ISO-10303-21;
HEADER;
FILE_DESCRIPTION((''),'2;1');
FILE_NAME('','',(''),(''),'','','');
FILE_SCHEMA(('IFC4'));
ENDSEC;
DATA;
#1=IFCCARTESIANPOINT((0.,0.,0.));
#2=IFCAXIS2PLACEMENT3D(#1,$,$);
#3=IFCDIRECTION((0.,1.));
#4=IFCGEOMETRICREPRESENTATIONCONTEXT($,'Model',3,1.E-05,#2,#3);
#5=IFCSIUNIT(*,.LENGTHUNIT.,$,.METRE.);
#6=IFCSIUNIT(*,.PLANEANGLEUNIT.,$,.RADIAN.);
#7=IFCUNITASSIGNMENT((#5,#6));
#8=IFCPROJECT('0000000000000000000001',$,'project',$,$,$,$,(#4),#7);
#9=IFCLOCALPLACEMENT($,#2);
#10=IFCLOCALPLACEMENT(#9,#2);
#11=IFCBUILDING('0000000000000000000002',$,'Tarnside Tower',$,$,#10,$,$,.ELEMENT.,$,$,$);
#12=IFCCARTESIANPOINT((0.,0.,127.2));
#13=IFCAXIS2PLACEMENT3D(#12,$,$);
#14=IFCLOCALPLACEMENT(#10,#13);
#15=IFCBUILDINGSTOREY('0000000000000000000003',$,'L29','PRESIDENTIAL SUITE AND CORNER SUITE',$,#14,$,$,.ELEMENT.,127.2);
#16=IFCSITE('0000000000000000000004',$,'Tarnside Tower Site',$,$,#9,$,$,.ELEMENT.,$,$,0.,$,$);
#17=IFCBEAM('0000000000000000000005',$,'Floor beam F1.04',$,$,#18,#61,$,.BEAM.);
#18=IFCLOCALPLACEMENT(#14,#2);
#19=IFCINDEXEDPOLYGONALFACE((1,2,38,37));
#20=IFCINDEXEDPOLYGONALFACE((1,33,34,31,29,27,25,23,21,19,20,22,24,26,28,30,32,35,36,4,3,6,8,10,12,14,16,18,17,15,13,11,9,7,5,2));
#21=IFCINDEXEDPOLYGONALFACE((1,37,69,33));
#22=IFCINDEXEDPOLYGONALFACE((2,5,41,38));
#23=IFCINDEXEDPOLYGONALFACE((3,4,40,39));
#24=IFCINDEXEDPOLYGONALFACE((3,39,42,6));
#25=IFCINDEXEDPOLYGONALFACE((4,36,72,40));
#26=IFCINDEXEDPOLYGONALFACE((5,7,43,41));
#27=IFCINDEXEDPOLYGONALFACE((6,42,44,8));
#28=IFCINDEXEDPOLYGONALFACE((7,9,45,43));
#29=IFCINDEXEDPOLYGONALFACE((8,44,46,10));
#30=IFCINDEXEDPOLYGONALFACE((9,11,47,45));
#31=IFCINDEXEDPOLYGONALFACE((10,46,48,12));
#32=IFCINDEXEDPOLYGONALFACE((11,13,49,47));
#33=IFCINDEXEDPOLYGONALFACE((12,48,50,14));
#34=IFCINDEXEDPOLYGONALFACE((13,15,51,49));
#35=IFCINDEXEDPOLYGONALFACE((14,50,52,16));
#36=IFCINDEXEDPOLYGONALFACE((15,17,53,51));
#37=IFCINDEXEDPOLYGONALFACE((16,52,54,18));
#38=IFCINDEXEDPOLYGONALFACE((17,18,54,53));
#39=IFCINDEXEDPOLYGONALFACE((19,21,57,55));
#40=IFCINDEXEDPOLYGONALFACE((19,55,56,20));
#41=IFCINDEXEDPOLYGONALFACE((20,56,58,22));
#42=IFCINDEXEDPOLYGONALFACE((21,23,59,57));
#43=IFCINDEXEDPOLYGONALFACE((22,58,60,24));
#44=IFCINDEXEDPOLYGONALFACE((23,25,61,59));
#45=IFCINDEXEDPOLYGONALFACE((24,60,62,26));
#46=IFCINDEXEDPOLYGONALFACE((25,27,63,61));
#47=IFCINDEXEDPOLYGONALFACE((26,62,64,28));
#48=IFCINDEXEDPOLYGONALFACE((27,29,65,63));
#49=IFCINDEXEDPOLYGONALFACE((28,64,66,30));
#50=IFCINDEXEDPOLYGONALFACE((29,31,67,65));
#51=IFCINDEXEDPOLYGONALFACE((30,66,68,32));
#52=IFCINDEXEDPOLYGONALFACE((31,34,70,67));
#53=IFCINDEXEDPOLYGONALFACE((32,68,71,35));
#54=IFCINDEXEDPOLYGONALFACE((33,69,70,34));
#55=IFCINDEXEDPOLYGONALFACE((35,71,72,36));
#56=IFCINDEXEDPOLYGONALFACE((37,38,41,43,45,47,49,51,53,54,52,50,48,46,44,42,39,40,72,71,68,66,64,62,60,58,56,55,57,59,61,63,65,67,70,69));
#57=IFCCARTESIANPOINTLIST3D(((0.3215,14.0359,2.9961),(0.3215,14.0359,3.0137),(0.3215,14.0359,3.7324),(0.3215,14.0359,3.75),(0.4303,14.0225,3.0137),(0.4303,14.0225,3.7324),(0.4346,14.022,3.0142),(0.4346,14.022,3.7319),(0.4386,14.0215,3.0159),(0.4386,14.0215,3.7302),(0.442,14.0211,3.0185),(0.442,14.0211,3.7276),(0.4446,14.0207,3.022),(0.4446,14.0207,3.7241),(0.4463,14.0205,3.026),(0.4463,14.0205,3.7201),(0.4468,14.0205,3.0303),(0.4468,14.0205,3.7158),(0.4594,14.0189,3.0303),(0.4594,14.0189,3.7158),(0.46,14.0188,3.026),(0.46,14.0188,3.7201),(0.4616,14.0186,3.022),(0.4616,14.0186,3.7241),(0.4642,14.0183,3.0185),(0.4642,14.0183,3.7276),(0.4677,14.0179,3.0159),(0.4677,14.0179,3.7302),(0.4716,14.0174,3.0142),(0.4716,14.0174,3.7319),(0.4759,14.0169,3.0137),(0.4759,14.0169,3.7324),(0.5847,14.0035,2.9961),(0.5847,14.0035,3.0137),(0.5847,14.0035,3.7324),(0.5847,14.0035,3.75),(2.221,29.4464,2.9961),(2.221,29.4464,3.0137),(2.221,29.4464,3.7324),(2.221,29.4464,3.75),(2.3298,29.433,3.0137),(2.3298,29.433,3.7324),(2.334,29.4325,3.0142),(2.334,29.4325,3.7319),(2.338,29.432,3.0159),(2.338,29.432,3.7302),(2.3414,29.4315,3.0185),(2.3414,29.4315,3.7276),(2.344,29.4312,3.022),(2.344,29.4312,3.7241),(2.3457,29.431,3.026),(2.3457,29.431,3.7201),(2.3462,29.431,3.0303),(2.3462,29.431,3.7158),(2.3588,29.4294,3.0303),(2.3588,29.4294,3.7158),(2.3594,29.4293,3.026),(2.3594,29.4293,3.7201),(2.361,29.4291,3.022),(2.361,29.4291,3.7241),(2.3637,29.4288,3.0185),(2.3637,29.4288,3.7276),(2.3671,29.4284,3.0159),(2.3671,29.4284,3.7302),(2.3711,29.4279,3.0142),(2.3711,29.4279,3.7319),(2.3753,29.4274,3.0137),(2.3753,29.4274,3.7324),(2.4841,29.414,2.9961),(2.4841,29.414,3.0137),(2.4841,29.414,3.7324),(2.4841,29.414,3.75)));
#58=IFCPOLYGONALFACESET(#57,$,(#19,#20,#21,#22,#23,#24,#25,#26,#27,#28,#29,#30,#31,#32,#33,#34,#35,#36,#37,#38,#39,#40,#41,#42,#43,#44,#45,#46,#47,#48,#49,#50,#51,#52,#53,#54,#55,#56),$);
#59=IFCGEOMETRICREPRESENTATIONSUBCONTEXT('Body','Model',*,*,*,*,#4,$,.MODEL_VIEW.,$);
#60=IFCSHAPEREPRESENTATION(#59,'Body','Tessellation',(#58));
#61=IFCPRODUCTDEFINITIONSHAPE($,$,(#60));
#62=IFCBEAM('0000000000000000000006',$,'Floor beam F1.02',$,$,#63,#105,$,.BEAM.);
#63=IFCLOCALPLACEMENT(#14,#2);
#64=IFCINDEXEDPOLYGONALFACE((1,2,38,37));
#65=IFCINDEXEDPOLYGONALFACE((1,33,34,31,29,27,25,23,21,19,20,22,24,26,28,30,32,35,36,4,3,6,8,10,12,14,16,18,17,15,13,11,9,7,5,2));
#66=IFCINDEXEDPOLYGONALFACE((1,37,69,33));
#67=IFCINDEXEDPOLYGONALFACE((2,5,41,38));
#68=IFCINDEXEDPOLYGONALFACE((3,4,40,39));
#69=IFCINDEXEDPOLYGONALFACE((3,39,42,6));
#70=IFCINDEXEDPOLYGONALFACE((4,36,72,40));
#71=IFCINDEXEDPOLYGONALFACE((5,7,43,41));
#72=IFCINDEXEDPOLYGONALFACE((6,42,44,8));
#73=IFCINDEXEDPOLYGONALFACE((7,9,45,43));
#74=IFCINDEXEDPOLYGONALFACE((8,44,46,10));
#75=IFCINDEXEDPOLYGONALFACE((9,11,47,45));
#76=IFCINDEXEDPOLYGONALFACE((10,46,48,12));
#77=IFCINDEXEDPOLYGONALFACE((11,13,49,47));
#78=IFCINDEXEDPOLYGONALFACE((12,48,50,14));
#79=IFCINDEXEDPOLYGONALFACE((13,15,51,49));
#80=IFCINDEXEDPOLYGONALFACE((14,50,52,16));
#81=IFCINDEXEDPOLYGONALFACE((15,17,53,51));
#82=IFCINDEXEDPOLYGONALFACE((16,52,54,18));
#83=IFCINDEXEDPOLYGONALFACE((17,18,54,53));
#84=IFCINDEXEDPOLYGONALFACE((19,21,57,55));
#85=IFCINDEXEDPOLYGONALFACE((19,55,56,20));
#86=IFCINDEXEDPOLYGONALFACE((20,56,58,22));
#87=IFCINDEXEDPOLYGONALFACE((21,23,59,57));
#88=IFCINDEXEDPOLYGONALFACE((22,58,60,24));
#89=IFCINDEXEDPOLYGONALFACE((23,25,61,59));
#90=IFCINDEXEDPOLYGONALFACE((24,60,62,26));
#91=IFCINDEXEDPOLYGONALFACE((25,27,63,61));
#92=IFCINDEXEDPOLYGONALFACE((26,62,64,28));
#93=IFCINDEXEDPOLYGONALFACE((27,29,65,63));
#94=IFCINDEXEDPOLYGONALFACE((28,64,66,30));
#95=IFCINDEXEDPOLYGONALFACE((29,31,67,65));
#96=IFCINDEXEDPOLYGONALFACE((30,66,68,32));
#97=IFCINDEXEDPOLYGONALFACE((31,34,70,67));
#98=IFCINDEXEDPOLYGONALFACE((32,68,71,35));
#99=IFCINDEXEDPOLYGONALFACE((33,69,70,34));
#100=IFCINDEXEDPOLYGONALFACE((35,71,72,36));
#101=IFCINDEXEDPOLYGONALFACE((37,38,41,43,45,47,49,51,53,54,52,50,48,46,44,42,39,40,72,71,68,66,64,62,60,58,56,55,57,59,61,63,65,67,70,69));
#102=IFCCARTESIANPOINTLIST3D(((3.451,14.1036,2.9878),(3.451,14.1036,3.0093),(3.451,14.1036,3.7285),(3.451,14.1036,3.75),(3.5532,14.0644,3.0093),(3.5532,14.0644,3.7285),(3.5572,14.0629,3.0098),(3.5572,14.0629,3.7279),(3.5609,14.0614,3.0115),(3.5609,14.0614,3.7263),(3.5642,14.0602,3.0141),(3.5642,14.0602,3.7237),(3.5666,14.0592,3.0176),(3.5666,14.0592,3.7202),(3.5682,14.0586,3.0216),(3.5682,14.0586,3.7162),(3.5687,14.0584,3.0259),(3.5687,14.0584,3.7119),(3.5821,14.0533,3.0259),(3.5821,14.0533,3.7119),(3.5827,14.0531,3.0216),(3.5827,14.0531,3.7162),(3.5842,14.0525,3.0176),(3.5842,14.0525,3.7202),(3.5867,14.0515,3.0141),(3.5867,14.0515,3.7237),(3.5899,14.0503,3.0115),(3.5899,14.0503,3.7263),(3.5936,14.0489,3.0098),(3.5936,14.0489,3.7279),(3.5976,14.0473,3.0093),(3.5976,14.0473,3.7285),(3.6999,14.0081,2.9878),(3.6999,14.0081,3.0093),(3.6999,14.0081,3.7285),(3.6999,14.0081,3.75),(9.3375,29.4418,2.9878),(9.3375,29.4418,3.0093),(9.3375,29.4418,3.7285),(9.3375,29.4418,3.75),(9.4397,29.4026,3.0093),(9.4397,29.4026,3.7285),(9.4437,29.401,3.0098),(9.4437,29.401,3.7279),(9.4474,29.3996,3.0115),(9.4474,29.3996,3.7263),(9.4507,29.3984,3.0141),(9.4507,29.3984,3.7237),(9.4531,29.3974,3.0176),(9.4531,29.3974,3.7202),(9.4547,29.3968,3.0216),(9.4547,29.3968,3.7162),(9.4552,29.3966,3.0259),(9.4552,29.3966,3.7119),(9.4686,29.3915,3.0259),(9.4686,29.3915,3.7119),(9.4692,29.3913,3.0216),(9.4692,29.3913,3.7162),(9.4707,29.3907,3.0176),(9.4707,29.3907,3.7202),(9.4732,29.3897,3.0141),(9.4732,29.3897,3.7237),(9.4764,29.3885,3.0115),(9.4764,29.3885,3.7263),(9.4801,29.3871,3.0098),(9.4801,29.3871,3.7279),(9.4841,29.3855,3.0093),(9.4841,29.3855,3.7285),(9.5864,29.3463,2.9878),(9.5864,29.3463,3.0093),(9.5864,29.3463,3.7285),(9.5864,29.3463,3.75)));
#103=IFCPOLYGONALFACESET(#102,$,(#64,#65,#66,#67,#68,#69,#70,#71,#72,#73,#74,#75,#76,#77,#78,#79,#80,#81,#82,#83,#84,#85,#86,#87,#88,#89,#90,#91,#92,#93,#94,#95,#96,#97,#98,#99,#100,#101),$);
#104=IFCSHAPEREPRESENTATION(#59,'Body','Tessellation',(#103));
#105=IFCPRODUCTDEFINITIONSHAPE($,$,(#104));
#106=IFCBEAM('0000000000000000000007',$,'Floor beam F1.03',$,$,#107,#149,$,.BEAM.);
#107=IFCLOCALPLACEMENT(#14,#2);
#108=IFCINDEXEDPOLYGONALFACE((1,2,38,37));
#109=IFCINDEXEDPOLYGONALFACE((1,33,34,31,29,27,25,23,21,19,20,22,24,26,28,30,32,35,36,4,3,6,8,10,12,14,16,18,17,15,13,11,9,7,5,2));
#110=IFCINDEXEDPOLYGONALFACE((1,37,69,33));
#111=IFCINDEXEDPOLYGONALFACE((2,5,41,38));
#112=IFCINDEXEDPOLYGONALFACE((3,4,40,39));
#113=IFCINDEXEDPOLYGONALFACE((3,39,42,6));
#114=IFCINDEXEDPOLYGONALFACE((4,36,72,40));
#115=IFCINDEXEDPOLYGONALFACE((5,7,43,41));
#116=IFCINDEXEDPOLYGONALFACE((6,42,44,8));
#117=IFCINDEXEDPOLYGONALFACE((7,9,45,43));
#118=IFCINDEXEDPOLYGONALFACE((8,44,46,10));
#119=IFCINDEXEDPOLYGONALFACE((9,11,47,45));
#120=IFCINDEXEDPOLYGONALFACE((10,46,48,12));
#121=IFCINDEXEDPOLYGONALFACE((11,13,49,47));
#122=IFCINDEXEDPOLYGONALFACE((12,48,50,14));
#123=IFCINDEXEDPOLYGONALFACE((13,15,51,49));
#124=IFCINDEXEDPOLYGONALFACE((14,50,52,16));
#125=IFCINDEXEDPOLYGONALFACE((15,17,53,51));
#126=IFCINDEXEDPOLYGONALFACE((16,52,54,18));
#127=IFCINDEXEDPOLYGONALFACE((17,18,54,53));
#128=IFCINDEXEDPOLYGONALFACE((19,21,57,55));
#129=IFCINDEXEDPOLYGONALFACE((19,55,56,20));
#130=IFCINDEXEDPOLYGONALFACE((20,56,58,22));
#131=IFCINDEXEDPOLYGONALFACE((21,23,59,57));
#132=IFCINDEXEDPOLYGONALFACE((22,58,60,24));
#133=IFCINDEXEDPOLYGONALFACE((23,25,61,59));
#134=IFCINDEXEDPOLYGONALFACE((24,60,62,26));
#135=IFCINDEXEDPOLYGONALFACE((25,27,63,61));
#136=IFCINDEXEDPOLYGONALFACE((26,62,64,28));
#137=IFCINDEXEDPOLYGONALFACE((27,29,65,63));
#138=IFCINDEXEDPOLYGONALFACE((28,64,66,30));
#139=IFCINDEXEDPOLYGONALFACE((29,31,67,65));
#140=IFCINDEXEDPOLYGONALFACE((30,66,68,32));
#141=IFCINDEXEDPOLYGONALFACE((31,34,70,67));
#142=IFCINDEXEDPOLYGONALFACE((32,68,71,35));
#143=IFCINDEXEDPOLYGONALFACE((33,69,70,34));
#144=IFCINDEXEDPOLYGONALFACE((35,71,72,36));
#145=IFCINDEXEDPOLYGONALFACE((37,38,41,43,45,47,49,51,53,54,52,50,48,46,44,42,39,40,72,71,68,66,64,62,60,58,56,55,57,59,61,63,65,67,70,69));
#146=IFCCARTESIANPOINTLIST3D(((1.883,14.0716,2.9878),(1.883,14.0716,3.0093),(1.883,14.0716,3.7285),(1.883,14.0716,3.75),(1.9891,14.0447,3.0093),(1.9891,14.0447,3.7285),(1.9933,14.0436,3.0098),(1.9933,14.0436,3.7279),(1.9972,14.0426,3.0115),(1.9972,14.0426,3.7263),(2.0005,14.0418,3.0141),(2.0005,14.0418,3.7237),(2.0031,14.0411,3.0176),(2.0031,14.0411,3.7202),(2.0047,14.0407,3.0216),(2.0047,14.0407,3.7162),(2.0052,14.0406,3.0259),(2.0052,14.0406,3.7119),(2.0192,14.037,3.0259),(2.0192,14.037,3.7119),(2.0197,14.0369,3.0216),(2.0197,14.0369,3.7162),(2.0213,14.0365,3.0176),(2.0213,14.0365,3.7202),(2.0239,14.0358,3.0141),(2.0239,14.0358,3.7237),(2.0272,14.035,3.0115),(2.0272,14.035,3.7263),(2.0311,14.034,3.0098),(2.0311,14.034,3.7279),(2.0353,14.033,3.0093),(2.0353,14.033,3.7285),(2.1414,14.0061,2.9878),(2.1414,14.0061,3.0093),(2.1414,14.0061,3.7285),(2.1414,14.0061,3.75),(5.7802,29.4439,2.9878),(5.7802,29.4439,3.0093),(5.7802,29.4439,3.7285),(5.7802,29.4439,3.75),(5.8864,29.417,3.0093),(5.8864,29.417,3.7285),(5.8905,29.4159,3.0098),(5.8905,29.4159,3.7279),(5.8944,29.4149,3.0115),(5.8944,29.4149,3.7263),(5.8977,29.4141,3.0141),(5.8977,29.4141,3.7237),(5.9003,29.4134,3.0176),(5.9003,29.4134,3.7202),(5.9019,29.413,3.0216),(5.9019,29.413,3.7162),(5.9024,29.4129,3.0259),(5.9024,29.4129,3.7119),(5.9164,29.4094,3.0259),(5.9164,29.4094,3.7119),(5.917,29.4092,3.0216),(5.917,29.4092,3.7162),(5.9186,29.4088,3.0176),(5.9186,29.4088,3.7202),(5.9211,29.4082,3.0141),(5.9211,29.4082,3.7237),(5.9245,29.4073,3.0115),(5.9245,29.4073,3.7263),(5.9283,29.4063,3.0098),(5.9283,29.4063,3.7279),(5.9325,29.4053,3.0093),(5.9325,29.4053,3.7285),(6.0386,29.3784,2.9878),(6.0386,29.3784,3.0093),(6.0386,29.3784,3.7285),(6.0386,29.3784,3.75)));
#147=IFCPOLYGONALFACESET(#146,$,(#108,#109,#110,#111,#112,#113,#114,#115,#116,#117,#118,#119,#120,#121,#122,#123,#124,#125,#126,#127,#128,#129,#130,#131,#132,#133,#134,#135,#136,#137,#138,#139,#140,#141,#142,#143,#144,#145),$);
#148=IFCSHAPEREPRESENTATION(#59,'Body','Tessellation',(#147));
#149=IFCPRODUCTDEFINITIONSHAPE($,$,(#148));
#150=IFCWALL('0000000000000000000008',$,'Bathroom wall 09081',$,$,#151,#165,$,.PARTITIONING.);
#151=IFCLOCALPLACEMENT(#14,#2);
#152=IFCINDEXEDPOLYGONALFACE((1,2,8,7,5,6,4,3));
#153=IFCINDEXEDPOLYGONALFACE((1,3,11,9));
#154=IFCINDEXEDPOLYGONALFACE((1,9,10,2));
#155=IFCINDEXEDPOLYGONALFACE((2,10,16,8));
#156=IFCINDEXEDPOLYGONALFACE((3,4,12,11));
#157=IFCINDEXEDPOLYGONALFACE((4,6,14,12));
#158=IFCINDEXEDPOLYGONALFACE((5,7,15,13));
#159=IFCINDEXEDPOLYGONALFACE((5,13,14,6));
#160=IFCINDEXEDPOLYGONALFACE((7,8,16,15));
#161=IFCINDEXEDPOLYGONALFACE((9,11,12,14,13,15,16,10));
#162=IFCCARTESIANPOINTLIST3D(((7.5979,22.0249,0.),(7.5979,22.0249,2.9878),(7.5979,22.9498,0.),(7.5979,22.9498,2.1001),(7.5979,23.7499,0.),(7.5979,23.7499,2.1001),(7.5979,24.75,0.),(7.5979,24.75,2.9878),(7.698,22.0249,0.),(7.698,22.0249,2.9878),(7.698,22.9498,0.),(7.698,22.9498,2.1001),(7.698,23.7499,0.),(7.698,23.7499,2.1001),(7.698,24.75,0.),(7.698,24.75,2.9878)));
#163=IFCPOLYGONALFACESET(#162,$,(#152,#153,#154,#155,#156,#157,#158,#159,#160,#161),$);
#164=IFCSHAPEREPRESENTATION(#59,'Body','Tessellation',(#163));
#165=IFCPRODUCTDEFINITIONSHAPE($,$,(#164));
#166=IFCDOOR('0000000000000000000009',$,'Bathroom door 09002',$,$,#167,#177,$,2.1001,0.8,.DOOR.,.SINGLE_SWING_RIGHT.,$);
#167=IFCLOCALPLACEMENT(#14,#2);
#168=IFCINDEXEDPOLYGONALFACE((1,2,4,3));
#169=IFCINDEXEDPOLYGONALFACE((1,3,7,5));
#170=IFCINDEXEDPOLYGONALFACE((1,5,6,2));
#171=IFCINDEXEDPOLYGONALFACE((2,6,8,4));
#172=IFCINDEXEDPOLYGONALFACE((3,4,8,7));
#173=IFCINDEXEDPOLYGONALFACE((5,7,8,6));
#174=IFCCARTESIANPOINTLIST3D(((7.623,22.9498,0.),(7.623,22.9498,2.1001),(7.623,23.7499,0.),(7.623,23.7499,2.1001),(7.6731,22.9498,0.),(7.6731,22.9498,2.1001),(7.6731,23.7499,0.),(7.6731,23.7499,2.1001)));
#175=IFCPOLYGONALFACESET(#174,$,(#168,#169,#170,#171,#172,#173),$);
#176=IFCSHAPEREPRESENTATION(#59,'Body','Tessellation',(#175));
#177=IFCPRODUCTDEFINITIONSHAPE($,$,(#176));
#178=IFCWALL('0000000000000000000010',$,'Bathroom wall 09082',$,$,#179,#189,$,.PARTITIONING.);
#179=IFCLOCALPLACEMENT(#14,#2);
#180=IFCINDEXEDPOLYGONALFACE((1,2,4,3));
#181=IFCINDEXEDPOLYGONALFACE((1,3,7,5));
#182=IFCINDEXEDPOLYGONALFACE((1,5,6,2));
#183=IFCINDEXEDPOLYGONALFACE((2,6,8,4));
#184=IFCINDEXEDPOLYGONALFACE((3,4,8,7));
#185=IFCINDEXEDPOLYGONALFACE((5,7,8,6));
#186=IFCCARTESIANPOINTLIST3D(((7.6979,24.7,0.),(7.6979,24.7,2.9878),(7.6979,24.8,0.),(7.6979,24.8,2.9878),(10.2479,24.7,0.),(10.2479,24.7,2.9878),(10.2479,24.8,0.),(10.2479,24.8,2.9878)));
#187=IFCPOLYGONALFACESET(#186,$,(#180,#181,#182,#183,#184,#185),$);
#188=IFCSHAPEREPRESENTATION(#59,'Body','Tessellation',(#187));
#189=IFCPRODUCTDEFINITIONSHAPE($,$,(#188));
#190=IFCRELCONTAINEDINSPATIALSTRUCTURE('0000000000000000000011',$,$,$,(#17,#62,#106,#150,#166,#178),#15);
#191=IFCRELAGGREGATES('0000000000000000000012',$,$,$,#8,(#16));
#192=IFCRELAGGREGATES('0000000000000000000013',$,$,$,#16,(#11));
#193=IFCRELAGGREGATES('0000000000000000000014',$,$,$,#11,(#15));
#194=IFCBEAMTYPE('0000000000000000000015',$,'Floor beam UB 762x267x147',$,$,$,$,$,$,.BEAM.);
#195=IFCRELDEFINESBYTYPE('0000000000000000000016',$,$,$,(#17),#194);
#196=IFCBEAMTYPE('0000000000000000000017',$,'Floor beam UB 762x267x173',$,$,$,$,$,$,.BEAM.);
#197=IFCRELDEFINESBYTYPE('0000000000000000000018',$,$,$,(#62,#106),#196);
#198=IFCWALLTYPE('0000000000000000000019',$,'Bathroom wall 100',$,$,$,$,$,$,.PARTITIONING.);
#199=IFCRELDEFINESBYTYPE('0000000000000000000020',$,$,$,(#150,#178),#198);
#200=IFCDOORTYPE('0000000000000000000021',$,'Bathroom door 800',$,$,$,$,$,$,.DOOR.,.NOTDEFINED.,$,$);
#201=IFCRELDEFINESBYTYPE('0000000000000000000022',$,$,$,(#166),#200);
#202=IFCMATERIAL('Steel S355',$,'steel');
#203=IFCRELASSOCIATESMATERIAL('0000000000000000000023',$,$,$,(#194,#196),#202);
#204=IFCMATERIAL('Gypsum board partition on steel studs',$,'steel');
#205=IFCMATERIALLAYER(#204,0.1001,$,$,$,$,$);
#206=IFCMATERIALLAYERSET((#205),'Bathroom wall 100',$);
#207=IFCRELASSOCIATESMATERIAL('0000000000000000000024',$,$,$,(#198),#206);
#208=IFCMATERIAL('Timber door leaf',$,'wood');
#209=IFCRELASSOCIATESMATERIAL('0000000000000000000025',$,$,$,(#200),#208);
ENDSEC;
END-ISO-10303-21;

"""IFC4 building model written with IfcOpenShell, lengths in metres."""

from ifc_helpers import new_model, si_unit, direction, frame, frame_2d, origin, origin_2d, place, context, subcontext, project, spatial, rectangle, i_section, extrude, material, layer, layer_set, material_profile, profile_set, type_object, element, fill, save


model = new_model("IFC4")

# Units and contexts
model_context = context("Model", 3, precision=1e-05, world=origin(), true_north=direction((0.0, 1.0)))
body_context = subcontext(model_context, "Body", "Model", "MODEL_VIEW")
ifc_project = project(units=[si_unit("LENGTHUNIT", "METRE"), si_unit("PLANEANGLEUNIT", "RADIAN")], contexts=[model_context])

# Site, building, storey
site_placement = place(None, origin())
site = spatial("IfcSite", under=ifc_project, at=site_placement, Name="Tarnside Tower Site", CompositionType="ELEMENT", RefElevation=0.0)
building_placement = place(site_placement, origin())
building = spatial("IfcBuilding", under=site, at=building_placement, Name="Tarnside Tower", CompositionType="ELEMENT")
storey_placement = place(building_placement, frame((0.0, 0.0, 127.2)))
storey = spatial("IfcBuildingStorey", under=building, at=storey_placement, Name="L29", Description="PRESIDENTIAL SUITE AND CORNER SUITE", CompositionType="ELEMENT", Elevation=127.2)

# Beams
ifc_material_1 = material(Name="Steel S355", Category="steel")
ifc_material_profile_1 = material_profile(ifc_material_1, i_section(OverallWidth=0.2651, OverallDepth=0.7539, WebThickness=0.0127, FlangeThickness=0.0176, FilletRadius=0.0166, at=origin_2d()), Name="UB 762x267x147")
ifc_profile_set_1 = profile_set([ifc_material_profile_1], Name="Steel S355")
beam_type_1 = type_object("IfcBeamType", Name="Floor beam UB 762x267x147", PredefinedType="BEAM", material=ifc_profile_set_1)
beam_1_placement = place(storey_placement, frame((2.3525, 29.4302, 3.373), z_axis=(-0.12233, -0.99249, 0.0), x_axis=(0.99249, -0.12233, 0.0)))
element("IfcBeam", 1, at=beam_1_placement, inside=storey, type_object=beam_type_1, Name="Floor beam F1.04", PredefinedType="BEAM", context=body_context, shape_type="SweptSolid", body=[
    extrude(i_section(OverallWidth=0.2651, OverallDepth=0.7539, WebThickness=0.0127, FlangeThickness=0.0176, FilletRadius=0.0166, at=origin_2d()), origin(), (0.0, 0.0, 1.0), 15.5271),
])
ifc_material_profile_2 = material_profile(ifc_material_1, i_section(OverallWidth=0.2666, OverallDepth=0.7622, WebThickness=0.0144, FlangeThickness=0.0215, FilletRadius=0.0166, at=origin_2d()), Name="UB 762x267x173")
ifc_profile_set_2 = profile_set([ifc_material_profile_2], Name="Steel S355")
beam_type_2 = type_object("IfcBeamType", Name="Floor beam UB 762x267x173", PredefinedType="BEAM", material=ifc_profile_set_2)
beam_2_placement = place(storey_placement, frame((9.4619, 29.394, 3.3689), z_axis=(-0.3583, -0.933607, 0.0), x_axis=(0.933607, -0.3583, 0.0)))
element("IfcBeam", 2, at=beam_2_placement, inside=storey, type_object=beam_type_2, Name="Floor beam F1.02", PredefinedType="BEAM", context=body_context, shape_type="SweptSolid", body=[
    extrude(i_section(OverallWidth=0.2666, OverallDepth=0.7622, WebThickness=0.0144, FlangeThickness=0.0215, FilletRadius=0.0166, at=origin_2d()), origin(), (0.0, 0.0, 1.0), 16.429),
])
beam_3_placement = place(storey_placement, frame((5.9094, 29.4111, 3.3689), z_axis=(-0.245747, -0.969334, 0.0), x_axis=(0.969334, -0.245747, 0.0)))
element("IfcBeam", 3, at=beam_3_placement, inside=storey, type_object=beam_type_2, Name="Floor beam F1.03", PredefinedType="BEAM", context=body_context, shape_type="SweptSolid", body=[
    extrude(i_section(OverallWidth=0.2666, OverallDepth=0.7622, WebThickness=0.0144, FlangeThickness=0.0215, FilletRadius=0.0166, at=origin_2d()), origin(), (0.0, 0.0, 1.0), 15.8586),
])

# Wall, opening, door
ifc_material_2 = material(Name="Gypsum board partition on steel studs", Category="steel")
ifc_layer_1 = layer(ifc_material_2, 0.1001)
ifc_layer_set_1 = layer_set([ifc_layer_1], Name="Bathroom wall 100")
wall_type_1 = type_object("IfcWallType", Name="Bathroom wall 100", PredefinedType="PARTITIONING", material=ifc_layer_set_1)
wall_1_placement = place(storey_placement, frame((7.6479, 22.0249, 0.0), z_axis=(0.0, 0.0, 1.0), x_axis=(0.0, 1.0, 0.0)))
wall_1 = element("IfcWall", 4, at=wall_1_placement, inside=storey, type_object=wall_type_1, Name="Bathroom wall 09081", PredefinedType="PARTITIONING", context=body_context, shape_type="SweptSolid", body=[
    extrude(rectangle(XDim=2.7251, YDim=0.1001, at=frame_2d((1.3625, 0.0))), origin(), (0.0, 0.0, 1.0), 2.9878),
])
opening_1_placement = place(wall_1_placement, frame((0.925, 0.0, 0.0)))
opening_1 = element("IfcOpeningElement", 5, at=opening_1_placement, cuts=wall_1, PredefinedType="OPENING", context=body_context, shape_type="SweptSolid", body=[
    extrude(rectangle(XDim=0.8, YDim=2.1001, at=frame_2d((0.3999, 1.05))), frame((0.0, 0.0601, 0.0), z_axis=(0.0, -1.0, 0.0), x_axis=(1.0, 0.0, 0.0)), (0.0, 0.0, 1.0), 0.1201),
])
ifc_material_3 = material(Name="Timber door leaf", Category="wood")
door_type_1 = type_object("IfcDoorType", Name="Bathroom door 800", OperationType="NOTDEFINED", PredefinedType="DOOR", material=ifc_material_3)
door_1_placement = place(opening_1_placement, origin())
door_1 = element("IfcDoor", 6, at=door_1_placement, inside=storey, type_object=door_type_1, Name="Bathroom door 09002", OperationType="SINGLE_SWING_RIGHT", OverallHeight=2.1001, OverallWidth=0.8, PredefinedType="DOOR", context=body_context, shape_type="SweptSolid", body=[
    extrude(rectangle(XDim=0.8, YDim=2.1001, at=frame_2d((0.3999, 1.05))), frame((0.0, 0.0249, 0.0), z_axis=(0.0, -1.0, 0.0), x_axis=(1.0, 0.0, 0.0)), (0.0, 0.0, 1.0), 0.05),
])
fill(opening_1, door_1)

# Wall
wall_2_placement = place(storey_placement, frame((7.698, 24.75, 0.0), z_axis=(0.0, 0.0, 1.0), x_axis=(1.0, 0.0, 0.0)))
element("IfcWall", 7, at=wall_2_placement, inside=storey, type_object=wall_type_1, Name="Bathroom wall 09082", PredefinedType="PARTITIONING", context=body_context, shape_type="SweptSolid", body=[
    extrude(rectangle(XDim=2.55, YDim=0.1001, at=frame_2d((1.2749, 0.0))), origin(), (0.0, 0.0, 1.0), 2.9878),
])

save(model, "model.ifc")
